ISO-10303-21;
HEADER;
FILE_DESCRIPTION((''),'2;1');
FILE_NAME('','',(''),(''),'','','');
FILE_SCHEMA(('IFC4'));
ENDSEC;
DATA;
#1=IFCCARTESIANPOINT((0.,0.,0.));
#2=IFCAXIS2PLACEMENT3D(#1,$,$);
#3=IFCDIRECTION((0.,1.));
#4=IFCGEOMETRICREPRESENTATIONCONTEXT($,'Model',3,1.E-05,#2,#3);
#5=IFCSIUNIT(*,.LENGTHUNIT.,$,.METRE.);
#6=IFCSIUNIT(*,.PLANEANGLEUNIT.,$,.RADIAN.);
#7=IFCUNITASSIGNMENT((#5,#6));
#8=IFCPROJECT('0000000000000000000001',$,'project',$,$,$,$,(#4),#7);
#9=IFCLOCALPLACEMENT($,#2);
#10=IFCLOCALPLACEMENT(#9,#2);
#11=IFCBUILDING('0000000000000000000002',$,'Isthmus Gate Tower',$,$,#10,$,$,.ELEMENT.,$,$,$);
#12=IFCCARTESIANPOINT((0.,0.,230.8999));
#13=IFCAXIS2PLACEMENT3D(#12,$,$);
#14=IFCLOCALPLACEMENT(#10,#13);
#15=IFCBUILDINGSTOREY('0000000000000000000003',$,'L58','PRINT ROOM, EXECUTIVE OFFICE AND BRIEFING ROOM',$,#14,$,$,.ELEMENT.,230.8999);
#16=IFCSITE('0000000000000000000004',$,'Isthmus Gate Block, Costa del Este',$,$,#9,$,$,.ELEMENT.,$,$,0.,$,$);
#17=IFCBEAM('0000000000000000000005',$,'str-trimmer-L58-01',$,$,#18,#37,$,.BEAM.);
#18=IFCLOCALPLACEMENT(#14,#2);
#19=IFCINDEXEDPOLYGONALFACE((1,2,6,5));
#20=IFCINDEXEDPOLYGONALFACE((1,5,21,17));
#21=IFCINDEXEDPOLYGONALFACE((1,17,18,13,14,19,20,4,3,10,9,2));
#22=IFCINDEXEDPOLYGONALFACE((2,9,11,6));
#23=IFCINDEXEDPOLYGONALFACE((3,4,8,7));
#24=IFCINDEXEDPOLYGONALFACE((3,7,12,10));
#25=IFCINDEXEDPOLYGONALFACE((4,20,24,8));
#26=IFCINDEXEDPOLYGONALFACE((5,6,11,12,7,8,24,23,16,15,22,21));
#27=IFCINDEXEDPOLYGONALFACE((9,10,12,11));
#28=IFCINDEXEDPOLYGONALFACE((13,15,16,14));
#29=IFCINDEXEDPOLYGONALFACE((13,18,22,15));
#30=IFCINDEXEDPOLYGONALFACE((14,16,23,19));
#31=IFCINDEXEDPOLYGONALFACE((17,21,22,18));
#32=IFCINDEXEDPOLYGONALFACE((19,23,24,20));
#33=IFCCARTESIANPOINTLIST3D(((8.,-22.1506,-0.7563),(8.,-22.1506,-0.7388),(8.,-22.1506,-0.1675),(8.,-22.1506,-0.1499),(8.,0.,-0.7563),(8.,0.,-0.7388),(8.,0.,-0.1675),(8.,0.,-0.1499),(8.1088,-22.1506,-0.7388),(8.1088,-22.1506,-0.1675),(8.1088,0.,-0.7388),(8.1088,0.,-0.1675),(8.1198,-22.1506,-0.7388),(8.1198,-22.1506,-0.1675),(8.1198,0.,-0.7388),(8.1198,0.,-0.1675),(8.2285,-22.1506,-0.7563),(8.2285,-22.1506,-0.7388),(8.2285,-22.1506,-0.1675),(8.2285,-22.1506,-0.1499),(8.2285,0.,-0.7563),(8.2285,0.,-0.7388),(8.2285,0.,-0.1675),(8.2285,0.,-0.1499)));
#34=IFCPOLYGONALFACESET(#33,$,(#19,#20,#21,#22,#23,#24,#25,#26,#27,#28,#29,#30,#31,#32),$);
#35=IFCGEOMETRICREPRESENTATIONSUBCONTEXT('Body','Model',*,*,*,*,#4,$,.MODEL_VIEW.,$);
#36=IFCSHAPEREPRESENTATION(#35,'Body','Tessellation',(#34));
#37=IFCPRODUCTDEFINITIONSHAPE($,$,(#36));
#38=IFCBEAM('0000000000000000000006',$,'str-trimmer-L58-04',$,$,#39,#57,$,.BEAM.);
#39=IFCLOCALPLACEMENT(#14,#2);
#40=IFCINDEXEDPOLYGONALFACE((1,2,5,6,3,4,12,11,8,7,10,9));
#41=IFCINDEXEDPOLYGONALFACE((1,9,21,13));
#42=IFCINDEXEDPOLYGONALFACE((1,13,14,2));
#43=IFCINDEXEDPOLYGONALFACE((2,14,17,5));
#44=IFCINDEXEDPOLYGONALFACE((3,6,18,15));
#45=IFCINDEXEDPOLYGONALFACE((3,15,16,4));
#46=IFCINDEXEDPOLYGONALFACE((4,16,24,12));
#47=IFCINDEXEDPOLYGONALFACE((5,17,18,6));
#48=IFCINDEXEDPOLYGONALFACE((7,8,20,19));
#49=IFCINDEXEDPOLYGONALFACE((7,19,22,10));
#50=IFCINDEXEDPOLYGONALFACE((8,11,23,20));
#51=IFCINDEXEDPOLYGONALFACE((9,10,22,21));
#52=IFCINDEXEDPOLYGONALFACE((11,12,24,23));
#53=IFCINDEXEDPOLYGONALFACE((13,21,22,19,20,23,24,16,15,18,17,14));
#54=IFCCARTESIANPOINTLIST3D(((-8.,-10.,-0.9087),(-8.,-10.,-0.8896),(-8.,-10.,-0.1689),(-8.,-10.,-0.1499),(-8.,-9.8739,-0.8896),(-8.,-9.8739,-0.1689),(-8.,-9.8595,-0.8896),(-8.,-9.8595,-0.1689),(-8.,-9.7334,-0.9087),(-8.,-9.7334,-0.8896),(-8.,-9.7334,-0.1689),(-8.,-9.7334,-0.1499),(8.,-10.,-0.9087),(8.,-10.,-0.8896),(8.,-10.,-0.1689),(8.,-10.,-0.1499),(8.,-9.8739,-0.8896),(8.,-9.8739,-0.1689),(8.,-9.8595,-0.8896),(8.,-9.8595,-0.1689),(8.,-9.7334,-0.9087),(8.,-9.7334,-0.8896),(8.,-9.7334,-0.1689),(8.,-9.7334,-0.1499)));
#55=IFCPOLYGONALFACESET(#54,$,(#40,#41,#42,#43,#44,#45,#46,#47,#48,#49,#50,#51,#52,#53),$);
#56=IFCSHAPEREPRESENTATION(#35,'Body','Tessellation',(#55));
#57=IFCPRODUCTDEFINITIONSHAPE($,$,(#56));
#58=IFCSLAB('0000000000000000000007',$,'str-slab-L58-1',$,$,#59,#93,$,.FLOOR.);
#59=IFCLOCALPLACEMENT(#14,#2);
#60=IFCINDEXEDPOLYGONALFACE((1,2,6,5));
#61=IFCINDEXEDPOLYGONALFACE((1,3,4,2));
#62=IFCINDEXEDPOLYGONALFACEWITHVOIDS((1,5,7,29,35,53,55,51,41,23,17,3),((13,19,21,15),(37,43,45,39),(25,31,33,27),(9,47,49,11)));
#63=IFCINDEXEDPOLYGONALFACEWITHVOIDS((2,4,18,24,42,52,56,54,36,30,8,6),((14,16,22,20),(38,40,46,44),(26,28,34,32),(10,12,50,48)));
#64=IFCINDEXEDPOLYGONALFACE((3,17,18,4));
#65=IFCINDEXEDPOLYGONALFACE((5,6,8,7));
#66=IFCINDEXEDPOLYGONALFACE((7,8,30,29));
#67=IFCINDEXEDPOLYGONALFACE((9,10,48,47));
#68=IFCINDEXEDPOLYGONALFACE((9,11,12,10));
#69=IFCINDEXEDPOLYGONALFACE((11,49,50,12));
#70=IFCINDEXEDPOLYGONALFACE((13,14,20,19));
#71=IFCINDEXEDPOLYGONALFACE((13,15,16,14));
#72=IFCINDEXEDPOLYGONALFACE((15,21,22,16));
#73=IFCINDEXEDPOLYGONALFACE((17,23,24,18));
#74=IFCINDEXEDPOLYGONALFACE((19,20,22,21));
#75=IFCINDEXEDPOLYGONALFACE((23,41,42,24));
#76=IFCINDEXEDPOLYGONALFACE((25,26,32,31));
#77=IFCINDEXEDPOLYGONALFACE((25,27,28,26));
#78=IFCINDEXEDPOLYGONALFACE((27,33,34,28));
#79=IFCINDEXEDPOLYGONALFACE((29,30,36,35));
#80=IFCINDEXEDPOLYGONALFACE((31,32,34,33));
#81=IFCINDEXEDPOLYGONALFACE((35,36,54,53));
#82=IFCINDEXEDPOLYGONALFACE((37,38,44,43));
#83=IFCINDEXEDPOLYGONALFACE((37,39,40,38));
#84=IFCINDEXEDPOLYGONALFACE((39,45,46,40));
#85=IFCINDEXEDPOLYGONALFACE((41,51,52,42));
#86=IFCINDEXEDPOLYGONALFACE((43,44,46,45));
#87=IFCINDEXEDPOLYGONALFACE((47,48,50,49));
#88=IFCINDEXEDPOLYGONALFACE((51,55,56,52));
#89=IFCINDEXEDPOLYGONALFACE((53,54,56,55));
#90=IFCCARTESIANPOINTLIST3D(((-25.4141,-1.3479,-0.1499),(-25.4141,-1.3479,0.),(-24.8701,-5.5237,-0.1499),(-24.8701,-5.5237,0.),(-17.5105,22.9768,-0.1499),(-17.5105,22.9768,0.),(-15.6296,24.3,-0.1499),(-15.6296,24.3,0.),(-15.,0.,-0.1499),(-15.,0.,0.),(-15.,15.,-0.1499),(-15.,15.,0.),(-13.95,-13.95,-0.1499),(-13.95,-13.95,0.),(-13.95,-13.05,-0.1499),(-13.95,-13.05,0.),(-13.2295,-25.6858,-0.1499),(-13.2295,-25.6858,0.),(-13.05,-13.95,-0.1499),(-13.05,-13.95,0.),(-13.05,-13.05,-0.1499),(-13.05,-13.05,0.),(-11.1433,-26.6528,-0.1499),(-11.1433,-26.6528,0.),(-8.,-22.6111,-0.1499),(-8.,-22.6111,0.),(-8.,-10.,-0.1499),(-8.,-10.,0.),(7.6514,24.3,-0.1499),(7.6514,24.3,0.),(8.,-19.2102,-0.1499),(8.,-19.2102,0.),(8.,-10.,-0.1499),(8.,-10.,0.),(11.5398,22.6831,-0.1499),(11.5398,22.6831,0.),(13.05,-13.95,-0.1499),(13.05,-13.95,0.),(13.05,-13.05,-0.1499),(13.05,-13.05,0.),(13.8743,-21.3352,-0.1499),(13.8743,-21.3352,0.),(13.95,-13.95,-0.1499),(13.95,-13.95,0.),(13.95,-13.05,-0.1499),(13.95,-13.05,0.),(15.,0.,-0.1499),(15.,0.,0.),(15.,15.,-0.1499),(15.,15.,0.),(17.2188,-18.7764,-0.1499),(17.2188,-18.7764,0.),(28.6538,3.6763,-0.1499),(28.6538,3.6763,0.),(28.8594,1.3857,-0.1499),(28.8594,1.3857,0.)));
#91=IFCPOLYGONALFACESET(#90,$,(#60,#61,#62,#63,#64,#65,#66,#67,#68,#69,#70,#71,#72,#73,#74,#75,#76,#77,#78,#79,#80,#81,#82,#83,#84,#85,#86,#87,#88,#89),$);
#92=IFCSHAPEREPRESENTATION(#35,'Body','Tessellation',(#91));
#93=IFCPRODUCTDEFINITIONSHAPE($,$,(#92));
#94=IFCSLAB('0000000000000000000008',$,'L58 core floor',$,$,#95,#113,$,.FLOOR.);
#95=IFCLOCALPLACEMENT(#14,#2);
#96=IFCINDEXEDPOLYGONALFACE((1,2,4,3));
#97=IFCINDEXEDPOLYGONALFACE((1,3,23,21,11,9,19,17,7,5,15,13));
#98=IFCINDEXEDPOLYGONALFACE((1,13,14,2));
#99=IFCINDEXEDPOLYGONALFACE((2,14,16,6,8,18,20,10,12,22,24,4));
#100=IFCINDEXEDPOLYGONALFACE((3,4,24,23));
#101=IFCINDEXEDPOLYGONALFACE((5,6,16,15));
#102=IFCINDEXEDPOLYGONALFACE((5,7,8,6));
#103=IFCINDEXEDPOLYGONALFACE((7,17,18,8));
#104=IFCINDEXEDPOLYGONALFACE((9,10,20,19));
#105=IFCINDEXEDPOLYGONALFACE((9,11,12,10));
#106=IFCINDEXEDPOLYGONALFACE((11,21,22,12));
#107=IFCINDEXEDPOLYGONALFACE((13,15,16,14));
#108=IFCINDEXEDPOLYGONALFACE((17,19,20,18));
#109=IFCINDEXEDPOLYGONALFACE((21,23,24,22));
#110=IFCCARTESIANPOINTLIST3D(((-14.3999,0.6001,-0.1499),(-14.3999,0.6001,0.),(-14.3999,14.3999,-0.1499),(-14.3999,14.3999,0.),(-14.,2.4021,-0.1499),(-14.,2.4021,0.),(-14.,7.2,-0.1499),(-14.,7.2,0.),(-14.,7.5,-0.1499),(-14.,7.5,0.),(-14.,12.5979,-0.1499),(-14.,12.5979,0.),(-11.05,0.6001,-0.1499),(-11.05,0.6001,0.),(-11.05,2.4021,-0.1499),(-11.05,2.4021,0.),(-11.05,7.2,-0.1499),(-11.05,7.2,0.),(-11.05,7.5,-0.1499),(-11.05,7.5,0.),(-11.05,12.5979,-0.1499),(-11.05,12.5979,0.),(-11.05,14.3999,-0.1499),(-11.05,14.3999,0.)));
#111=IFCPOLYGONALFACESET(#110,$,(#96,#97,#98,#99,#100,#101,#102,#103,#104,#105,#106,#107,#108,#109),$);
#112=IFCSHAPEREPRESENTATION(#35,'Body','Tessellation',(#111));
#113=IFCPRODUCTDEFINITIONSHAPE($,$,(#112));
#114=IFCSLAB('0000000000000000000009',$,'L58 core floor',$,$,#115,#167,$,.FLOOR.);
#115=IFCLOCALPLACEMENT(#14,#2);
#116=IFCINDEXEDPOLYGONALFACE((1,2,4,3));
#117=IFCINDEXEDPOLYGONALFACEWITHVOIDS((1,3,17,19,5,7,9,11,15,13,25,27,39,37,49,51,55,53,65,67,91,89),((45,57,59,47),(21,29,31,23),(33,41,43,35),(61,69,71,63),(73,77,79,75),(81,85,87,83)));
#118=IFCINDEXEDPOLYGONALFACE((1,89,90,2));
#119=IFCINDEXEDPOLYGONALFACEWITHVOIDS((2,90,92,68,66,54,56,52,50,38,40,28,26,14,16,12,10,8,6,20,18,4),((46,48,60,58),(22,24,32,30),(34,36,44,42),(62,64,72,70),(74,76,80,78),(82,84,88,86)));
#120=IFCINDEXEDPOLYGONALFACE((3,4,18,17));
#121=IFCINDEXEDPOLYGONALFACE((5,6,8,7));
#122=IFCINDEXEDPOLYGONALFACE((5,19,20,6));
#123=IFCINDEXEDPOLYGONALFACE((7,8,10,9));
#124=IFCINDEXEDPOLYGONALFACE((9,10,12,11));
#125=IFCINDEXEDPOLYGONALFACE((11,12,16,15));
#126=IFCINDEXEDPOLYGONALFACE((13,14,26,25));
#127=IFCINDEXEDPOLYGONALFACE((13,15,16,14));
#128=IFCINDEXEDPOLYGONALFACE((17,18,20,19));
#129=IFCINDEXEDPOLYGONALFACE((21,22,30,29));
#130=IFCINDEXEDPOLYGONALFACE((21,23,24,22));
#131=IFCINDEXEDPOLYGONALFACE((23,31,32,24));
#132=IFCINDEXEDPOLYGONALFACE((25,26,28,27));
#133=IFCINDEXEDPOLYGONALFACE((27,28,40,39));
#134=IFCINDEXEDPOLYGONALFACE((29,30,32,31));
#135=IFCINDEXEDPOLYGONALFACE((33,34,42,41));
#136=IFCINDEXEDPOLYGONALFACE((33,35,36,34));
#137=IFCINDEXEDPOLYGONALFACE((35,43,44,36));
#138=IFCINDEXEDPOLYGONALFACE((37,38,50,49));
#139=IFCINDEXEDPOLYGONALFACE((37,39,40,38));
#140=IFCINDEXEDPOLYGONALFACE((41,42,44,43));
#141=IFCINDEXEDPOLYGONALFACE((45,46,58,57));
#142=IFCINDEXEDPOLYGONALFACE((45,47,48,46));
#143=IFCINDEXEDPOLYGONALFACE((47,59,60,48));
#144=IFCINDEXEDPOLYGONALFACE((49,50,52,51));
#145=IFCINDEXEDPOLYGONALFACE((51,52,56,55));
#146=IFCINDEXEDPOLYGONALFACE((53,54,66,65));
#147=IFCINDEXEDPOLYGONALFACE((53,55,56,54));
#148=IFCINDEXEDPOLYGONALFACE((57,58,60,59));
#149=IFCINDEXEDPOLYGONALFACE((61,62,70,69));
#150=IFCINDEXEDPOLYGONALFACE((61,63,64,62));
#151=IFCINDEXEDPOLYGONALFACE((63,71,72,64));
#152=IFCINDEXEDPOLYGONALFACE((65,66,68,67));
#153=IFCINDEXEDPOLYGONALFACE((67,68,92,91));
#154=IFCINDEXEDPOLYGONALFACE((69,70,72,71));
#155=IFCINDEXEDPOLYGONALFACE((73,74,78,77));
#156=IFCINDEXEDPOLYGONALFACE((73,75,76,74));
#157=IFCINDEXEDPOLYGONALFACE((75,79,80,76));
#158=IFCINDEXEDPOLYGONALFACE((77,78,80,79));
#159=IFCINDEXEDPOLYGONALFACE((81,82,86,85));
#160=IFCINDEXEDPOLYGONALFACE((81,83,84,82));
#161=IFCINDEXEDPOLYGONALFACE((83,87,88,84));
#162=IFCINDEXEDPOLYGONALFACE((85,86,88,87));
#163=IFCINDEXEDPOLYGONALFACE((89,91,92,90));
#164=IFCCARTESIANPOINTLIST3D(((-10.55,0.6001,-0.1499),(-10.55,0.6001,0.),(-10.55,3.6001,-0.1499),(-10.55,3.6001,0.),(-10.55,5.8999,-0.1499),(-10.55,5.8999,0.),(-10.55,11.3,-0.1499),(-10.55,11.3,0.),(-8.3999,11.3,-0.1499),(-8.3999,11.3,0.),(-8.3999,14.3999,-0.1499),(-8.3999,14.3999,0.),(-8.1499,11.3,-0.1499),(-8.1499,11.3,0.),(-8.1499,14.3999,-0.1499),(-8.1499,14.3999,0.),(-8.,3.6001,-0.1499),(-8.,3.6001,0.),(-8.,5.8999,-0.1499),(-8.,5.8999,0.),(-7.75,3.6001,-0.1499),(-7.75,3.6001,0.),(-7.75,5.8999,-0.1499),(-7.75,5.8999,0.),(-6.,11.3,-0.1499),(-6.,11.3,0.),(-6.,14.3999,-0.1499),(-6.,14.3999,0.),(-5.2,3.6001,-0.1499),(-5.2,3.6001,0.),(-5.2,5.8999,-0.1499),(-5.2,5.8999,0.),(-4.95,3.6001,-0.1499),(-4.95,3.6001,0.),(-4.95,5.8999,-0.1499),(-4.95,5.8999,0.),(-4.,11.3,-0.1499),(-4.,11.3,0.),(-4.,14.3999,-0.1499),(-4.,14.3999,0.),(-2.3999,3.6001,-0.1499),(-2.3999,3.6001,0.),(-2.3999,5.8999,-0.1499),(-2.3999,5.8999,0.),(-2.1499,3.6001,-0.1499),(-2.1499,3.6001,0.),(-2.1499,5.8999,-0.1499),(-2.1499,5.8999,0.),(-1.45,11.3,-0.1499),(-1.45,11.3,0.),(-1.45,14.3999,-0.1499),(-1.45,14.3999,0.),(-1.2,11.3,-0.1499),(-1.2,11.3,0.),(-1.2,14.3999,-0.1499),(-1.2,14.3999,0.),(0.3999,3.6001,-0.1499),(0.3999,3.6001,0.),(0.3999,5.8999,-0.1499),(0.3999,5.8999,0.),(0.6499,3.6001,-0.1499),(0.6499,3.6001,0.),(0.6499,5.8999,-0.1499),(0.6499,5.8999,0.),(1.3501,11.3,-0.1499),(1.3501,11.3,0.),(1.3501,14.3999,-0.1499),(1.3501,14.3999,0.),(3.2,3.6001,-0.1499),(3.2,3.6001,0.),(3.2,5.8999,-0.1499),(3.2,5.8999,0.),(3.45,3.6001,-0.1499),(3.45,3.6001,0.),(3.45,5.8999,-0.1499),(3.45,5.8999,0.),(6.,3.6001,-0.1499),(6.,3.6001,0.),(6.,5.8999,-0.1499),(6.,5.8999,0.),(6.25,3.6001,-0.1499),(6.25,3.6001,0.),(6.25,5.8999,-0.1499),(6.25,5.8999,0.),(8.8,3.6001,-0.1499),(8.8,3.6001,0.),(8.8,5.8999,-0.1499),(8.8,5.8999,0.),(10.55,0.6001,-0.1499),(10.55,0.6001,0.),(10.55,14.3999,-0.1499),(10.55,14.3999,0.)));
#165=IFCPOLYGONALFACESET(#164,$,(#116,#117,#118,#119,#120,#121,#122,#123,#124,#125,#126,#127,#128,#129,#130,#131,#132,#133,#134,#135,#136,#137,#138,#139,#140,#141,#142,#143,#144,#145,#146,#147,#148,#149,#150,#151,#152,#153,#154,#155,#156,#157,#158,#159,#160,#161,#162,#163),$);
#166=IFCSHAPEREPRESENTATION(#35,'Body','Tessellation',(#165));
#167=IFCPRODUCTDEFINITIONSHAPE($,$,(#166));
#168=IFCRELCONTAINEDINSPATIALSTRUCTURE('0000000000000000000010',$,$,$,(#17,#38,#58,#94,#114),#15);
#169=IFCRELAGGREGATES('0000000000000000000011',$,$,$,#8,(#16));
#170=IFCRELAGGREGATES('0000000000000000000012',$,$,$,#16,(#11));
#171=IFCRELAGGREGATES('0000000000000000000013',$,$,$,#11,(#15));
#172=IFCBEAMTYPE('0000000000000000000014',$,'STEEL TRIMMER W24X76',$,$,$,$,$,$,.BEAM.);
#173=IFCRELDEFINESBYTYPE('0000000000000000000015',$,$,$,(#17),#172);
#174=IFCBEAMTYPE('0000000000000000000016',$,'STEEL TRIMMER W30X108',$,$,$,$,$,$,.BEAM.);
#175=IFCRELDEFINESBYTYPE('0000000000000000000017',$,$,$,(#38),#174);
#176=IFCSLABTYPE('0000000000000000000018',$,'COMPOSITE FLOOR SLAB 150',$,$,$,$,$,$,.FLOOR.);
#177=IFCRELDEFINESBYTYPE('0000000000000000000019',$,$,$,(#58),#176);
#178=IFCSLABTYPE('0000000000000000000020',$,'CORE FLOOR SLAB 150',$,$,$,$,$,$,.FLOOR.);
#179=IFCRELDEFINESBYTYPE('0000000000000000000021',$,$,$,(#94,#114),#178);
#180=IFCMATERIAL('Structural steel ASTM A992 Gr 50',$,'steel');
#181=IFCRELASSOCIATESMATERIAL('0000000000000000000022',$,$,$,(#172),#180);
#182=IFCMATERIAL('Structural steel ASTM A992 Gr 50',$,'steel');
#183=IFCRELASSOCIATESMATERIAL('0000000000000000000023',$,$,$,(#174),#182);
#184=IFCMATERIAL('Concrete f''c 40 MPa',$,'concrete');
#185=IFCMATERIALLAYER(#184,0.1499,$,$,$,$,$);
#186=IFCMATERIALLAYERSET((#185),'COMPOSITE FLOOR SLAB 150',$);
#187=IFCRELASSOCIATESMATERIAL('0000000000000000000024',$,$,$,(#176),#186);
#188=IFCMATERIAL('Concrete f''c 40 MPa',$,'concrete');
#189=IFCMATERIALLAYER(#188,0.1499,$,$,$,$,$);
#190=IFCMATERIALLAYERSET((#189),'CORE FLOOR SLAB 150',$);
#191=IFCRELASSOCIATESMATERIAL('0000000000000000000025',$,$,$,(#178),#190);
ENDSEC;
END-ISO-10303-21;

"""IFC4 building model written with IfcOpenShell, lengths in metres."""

from ifc_helpers import new_model, si_unit, direction, frame, origin, origin_2d, place, context, subcontext, project, spatial, polyline, i_section, outline, extrude, material, layer, layer_set, material_profile, profile_set, type_object, element, save


model = new_model("IFC4")

# Units and contexts
model_context = context("Model", 3, precision=1e-05, world=origin(), true_north=direction((0.0, 1.0)))
body_context = subcontext(model_context, "Body", "Model", "MODEL_VIEW")
ifc_project = project(units=[si_unit("LENGTHUNIT", "METRE"), si_unit("PLANEANGLEUNIT", "RADIAN")], contexts=[model_context])

# Site, building, storey
site_placement = place(None, origin())
site = spatial("IfcSite", under=ifc_project, at=site_placement, Name="Isthmus Gate Block, Costa del Este", CompositionType="ELEMENT", RefElevation=0.0)
building_placement = place(site_placement, origin())
building = spatial("IfcBuilding", under=site, at=building_placement, Name="Isthmus Gate Tower", CompositionType="ELEMENT")
storey_placement = place(building_placement, frame((0.0, 0.0, 230.8999)))
storey = spatial("IfcBuildingStorey", under=building, at=storey_placement, Name="L58", Description="PRINT ROOM, EXECUTIVE OFFICE AND BRIEFING ROOM", CompositionType="ELEMENT", Elevation=230.8999)

# Beams
ifc_material_1 = material(Name="Structural steel ASTM A992 Gr 50", Category="steel")
ifc_material_profile_1 = material_profile(ifc_material_1, i_section(OverallWidth=0.2285, OverallDepth=0.6064, WebThickness=0.011, FlangeThickness=0.0176, at=origin_2d()), Name="W24X76")
ifc_profile_set_1 = profile_set([ifc_material_profile_1], Name="Structural steel ASTM A992 Gr 50")
beam_type_1 = type_object("IfcBeamType", Name="STEEL TRIMMER W24X76", PredefinedType="BEAM", material=ifc_profile_set_1)
beam_1_placement = place(storey_placement, frame((8.1143, -22.1506, -0.4531), z_axis=(0.0, 1.0, 0.0), x_axis=(-1.0, 0.0, 0.0)))
element("IfcBeam", 1, at=beam_1_placement, inside=storey, type_object=beam_type_1, Name="str-trimmer-L58-01", PredefinedType="BEAM", context=body_context, shape_type="SweptSolid", body=[
    extrude(i_section(OverallWidth=0.2285, OverallDepth=0.6064, WebThickness=0.011, FlangeThickness=0.0176, at=origin_2d()), origin(), (0.0, 0.0, 1.0), 22.1506),
])
ifc_material_2 = material(Name="Structural steel ASTM A992 Gr 50", Category="steel")
ifc_material_profile_2 = material_profile(ifc_material_2, i_section(OverallWidth=0.2666, OverallDepth=0.7588, WebThickness=0.0144, FlangeThickness=0.019, at=origin_2d()), Name="W30X108")
ifc_profile_set_2 = profile_set([ifc_material_profile_2], Name="Structural steel ASTM A992 Gr 50")
beam_type_2 = type_object("IfcBeamType", Name="STEEL TRIMMER W30X108", PredefinedType="BEAM", material=ifc_profile_set_2)
beam_2_placement = place(storey_placement, frame((8.0, -9.8667, -0.5293), z_axis=(-1.0, 0.0, 0.0), x_axis=(0.0, -1.0, 0.0)))
element("IfcBeam", 2, at=beam_2_placement, inside=storey, type_object=beam_type_2, Name="str-trimmer-L58-04", PredefinedType="BEAM", context=body_context, shape_type="SweptSolid", body=[
    extrude(i_section(OverallWidth=0.2666, OverallDepth=0.7588, WebThickness=0.0144, FlangeThickness=0.019, at=origin_2d()), origin(), (0.0, 0.0, 1.0), 16.0),
])

# Slabs
ifc_material_3 = material(Name="Concrete f'c 40 MPa", Category="concrete")
ifc_layer_1 = layer(ifc_material_3, 0.1499)
ifc_layer_set_1 = layer_set([ifc_layer_1], Name="COMPOSITE FLOOR SLAB 150")
slab_type_1 = type_object("IfcSlabType", Name="COMPOSITE FLOOR SLAB 150", PredefinedType="FLOOR", material=ifc_layer_set_1)
slab_1_placement = place(storey_placement, frame((0.0, 0.0, -0.1499)))
element("IfcSlab", 3, at=slab_1_placement, inside=storey, type_object=slab_type_1, Name="str-slab-L58-1", PredefinedType="FLOOR", context=body_context, shape_type="SweptSolid", body=[
    extrude(outline(polyline([(11.5398, 22.6831), (28.6538, 3.6763), (28.8594, 1.3857), (17.2188, -18.7764), (13.8743, -21.3352), (-11.1433, -26.6528), (-13.2295, -25.6858), (-24.8701, -5.5237), (-25.4141, -1.3479), (-17.5105, 22.9768), (-15.6296, 24.3), (7.6514, 24.3), (11.5398, 22.6831)]), holes=[polyline([(-8.0, -10.0), (-8.0, -22.6111), (8.0, -19.2102), (8.0, -10.0), (-8.0, -10.0)]), polyline([(-13.95, -13.05), (-13.95, -13.95), (-13.05, -13.95), (-13.05, -13.05), (-13.95, -13.05)]), polyline([(13.05, -13.05), (13.05, -13.95), (13.95, -13.95), (13.95, -13.05), (13.05, -13.05)]), polyline([(-15.0, 0.0), (15.0, 0.0), (15.0, 15.0), (-15.0, 15.0), (-15.0, 0.0)])]), origin(), (0.0, 0.0, 1.0), 0.1499),
])
ifc_material_4 = material(Name="Concrete f'c 40 MPa", Category="concrete")
ifc_layer_2 = layer(ifc_material_4, 0.1499)
ifc_layer_set_2 = layer_set([ifc_layer_2], Name="CORE FLOOR SLAB 150")
slab_type_2 = type_object("IfcSlabType", Name="CORE FLOOR SLAB 150", PredefinedType="FLOOR", material=ifc_layer_set_2)
slab_2_placement = place(storey_placement, frame((0.0, 0.0, -0.1499)))
element("IfcSlab", 4, at=slab_2_placement, inside=storey, type_object=slab_type_2, Name="L58 core floor", PredefinedType="FLOOR", context=body_context, shape_type="SweptSolid", body=[
    extrude(outline(polyline([(-11.05, 0.6001), (-11.05, 2.4021), (-14.0, 2.4021), (-14.0, 7.2), (-11.05, 7.2), (-11.05, 7.5), (-14.0, 7.5), (-14.0, 12.5979), (-11.05, 12.5979), (-11.05, 14.3999), (-14.3999, 14.3999), (-14.3999, 0.6001), (-11.05, 0.6001)])), origin(), (0.0, 0.0, 1.0), 0.1499),
])
slab_3_placement = place(storey_placement, frame((0.0, 0.0, -0.1499)))
element("IfcSlab", 5, at=slab_3_placement, inside=storey, type_object=slab_type_2, Name="L58 core floor", PredefinedType="FLOOR", context=body_context, shape_type="SweptSolid", body=[
    extrude(outline(polyline([(10.55, 14.3999), (1.3501, 14.3999), (1.3501, 11.3), (-1.2, 11.3), (-1.2, 14.3999), (-1.45, 14.3999), (-1.45, 11.3), (-4.0, 11.3), (-4.0, 14.3999), (-6.0, 14.3999), (-6.0, 11.3), (-8.1499, 11.3), (-8.1499, 14.3999), (-8.3999, 14.3999), (-8.3999, 11.3), (-10.55, 11.3), (-10.55, 5.8999), (-8.0, 5.8999), (-8.0, 3.6001), (-10.55, 3.6001), (-10.55, 0.6001), (10.55, 0.6001), (10.55, 14.3999)]), holes=[polyline([(-5.2, 5.8999), (-5.2, 3.6001), (-7.75, 3.6001), (-7.75, 5.8999), (-5.2, 5.8999)]), polyline([(-2.3999, 5.8999), (-2.3999, 3.6001), (-4.95, 3.6001), (-4.95, 5.8999), (-2.3999, 5.8999)]), polyline([(0.3999, 5.8999), (0.3999, 3.6001), (-2.1499, 3.6001), (-2.1499, 5.8999), (0.3999, 5.8999)]), polyline([(3.2, 5.8999), (3.2, 3.6001), (0.6499, 3.6001), (0.6499, 5.8999), (3.2, 5.8999)]), polyline([(6.0, 5.8999), (6.0, 3.6001), (3.45, 3.6001), (3.45, 5.8999), (6.0, 5.8999)]), polyline([(8.8, 5.8999), (8.8, 3.6001), (6.25, 3.6001), (6.25, 5.8999), (8.8, 5.8999)])]), origin(), (0.0, 0.0, 1.0), 0.1499),
])

save(model, "model.ifc")
